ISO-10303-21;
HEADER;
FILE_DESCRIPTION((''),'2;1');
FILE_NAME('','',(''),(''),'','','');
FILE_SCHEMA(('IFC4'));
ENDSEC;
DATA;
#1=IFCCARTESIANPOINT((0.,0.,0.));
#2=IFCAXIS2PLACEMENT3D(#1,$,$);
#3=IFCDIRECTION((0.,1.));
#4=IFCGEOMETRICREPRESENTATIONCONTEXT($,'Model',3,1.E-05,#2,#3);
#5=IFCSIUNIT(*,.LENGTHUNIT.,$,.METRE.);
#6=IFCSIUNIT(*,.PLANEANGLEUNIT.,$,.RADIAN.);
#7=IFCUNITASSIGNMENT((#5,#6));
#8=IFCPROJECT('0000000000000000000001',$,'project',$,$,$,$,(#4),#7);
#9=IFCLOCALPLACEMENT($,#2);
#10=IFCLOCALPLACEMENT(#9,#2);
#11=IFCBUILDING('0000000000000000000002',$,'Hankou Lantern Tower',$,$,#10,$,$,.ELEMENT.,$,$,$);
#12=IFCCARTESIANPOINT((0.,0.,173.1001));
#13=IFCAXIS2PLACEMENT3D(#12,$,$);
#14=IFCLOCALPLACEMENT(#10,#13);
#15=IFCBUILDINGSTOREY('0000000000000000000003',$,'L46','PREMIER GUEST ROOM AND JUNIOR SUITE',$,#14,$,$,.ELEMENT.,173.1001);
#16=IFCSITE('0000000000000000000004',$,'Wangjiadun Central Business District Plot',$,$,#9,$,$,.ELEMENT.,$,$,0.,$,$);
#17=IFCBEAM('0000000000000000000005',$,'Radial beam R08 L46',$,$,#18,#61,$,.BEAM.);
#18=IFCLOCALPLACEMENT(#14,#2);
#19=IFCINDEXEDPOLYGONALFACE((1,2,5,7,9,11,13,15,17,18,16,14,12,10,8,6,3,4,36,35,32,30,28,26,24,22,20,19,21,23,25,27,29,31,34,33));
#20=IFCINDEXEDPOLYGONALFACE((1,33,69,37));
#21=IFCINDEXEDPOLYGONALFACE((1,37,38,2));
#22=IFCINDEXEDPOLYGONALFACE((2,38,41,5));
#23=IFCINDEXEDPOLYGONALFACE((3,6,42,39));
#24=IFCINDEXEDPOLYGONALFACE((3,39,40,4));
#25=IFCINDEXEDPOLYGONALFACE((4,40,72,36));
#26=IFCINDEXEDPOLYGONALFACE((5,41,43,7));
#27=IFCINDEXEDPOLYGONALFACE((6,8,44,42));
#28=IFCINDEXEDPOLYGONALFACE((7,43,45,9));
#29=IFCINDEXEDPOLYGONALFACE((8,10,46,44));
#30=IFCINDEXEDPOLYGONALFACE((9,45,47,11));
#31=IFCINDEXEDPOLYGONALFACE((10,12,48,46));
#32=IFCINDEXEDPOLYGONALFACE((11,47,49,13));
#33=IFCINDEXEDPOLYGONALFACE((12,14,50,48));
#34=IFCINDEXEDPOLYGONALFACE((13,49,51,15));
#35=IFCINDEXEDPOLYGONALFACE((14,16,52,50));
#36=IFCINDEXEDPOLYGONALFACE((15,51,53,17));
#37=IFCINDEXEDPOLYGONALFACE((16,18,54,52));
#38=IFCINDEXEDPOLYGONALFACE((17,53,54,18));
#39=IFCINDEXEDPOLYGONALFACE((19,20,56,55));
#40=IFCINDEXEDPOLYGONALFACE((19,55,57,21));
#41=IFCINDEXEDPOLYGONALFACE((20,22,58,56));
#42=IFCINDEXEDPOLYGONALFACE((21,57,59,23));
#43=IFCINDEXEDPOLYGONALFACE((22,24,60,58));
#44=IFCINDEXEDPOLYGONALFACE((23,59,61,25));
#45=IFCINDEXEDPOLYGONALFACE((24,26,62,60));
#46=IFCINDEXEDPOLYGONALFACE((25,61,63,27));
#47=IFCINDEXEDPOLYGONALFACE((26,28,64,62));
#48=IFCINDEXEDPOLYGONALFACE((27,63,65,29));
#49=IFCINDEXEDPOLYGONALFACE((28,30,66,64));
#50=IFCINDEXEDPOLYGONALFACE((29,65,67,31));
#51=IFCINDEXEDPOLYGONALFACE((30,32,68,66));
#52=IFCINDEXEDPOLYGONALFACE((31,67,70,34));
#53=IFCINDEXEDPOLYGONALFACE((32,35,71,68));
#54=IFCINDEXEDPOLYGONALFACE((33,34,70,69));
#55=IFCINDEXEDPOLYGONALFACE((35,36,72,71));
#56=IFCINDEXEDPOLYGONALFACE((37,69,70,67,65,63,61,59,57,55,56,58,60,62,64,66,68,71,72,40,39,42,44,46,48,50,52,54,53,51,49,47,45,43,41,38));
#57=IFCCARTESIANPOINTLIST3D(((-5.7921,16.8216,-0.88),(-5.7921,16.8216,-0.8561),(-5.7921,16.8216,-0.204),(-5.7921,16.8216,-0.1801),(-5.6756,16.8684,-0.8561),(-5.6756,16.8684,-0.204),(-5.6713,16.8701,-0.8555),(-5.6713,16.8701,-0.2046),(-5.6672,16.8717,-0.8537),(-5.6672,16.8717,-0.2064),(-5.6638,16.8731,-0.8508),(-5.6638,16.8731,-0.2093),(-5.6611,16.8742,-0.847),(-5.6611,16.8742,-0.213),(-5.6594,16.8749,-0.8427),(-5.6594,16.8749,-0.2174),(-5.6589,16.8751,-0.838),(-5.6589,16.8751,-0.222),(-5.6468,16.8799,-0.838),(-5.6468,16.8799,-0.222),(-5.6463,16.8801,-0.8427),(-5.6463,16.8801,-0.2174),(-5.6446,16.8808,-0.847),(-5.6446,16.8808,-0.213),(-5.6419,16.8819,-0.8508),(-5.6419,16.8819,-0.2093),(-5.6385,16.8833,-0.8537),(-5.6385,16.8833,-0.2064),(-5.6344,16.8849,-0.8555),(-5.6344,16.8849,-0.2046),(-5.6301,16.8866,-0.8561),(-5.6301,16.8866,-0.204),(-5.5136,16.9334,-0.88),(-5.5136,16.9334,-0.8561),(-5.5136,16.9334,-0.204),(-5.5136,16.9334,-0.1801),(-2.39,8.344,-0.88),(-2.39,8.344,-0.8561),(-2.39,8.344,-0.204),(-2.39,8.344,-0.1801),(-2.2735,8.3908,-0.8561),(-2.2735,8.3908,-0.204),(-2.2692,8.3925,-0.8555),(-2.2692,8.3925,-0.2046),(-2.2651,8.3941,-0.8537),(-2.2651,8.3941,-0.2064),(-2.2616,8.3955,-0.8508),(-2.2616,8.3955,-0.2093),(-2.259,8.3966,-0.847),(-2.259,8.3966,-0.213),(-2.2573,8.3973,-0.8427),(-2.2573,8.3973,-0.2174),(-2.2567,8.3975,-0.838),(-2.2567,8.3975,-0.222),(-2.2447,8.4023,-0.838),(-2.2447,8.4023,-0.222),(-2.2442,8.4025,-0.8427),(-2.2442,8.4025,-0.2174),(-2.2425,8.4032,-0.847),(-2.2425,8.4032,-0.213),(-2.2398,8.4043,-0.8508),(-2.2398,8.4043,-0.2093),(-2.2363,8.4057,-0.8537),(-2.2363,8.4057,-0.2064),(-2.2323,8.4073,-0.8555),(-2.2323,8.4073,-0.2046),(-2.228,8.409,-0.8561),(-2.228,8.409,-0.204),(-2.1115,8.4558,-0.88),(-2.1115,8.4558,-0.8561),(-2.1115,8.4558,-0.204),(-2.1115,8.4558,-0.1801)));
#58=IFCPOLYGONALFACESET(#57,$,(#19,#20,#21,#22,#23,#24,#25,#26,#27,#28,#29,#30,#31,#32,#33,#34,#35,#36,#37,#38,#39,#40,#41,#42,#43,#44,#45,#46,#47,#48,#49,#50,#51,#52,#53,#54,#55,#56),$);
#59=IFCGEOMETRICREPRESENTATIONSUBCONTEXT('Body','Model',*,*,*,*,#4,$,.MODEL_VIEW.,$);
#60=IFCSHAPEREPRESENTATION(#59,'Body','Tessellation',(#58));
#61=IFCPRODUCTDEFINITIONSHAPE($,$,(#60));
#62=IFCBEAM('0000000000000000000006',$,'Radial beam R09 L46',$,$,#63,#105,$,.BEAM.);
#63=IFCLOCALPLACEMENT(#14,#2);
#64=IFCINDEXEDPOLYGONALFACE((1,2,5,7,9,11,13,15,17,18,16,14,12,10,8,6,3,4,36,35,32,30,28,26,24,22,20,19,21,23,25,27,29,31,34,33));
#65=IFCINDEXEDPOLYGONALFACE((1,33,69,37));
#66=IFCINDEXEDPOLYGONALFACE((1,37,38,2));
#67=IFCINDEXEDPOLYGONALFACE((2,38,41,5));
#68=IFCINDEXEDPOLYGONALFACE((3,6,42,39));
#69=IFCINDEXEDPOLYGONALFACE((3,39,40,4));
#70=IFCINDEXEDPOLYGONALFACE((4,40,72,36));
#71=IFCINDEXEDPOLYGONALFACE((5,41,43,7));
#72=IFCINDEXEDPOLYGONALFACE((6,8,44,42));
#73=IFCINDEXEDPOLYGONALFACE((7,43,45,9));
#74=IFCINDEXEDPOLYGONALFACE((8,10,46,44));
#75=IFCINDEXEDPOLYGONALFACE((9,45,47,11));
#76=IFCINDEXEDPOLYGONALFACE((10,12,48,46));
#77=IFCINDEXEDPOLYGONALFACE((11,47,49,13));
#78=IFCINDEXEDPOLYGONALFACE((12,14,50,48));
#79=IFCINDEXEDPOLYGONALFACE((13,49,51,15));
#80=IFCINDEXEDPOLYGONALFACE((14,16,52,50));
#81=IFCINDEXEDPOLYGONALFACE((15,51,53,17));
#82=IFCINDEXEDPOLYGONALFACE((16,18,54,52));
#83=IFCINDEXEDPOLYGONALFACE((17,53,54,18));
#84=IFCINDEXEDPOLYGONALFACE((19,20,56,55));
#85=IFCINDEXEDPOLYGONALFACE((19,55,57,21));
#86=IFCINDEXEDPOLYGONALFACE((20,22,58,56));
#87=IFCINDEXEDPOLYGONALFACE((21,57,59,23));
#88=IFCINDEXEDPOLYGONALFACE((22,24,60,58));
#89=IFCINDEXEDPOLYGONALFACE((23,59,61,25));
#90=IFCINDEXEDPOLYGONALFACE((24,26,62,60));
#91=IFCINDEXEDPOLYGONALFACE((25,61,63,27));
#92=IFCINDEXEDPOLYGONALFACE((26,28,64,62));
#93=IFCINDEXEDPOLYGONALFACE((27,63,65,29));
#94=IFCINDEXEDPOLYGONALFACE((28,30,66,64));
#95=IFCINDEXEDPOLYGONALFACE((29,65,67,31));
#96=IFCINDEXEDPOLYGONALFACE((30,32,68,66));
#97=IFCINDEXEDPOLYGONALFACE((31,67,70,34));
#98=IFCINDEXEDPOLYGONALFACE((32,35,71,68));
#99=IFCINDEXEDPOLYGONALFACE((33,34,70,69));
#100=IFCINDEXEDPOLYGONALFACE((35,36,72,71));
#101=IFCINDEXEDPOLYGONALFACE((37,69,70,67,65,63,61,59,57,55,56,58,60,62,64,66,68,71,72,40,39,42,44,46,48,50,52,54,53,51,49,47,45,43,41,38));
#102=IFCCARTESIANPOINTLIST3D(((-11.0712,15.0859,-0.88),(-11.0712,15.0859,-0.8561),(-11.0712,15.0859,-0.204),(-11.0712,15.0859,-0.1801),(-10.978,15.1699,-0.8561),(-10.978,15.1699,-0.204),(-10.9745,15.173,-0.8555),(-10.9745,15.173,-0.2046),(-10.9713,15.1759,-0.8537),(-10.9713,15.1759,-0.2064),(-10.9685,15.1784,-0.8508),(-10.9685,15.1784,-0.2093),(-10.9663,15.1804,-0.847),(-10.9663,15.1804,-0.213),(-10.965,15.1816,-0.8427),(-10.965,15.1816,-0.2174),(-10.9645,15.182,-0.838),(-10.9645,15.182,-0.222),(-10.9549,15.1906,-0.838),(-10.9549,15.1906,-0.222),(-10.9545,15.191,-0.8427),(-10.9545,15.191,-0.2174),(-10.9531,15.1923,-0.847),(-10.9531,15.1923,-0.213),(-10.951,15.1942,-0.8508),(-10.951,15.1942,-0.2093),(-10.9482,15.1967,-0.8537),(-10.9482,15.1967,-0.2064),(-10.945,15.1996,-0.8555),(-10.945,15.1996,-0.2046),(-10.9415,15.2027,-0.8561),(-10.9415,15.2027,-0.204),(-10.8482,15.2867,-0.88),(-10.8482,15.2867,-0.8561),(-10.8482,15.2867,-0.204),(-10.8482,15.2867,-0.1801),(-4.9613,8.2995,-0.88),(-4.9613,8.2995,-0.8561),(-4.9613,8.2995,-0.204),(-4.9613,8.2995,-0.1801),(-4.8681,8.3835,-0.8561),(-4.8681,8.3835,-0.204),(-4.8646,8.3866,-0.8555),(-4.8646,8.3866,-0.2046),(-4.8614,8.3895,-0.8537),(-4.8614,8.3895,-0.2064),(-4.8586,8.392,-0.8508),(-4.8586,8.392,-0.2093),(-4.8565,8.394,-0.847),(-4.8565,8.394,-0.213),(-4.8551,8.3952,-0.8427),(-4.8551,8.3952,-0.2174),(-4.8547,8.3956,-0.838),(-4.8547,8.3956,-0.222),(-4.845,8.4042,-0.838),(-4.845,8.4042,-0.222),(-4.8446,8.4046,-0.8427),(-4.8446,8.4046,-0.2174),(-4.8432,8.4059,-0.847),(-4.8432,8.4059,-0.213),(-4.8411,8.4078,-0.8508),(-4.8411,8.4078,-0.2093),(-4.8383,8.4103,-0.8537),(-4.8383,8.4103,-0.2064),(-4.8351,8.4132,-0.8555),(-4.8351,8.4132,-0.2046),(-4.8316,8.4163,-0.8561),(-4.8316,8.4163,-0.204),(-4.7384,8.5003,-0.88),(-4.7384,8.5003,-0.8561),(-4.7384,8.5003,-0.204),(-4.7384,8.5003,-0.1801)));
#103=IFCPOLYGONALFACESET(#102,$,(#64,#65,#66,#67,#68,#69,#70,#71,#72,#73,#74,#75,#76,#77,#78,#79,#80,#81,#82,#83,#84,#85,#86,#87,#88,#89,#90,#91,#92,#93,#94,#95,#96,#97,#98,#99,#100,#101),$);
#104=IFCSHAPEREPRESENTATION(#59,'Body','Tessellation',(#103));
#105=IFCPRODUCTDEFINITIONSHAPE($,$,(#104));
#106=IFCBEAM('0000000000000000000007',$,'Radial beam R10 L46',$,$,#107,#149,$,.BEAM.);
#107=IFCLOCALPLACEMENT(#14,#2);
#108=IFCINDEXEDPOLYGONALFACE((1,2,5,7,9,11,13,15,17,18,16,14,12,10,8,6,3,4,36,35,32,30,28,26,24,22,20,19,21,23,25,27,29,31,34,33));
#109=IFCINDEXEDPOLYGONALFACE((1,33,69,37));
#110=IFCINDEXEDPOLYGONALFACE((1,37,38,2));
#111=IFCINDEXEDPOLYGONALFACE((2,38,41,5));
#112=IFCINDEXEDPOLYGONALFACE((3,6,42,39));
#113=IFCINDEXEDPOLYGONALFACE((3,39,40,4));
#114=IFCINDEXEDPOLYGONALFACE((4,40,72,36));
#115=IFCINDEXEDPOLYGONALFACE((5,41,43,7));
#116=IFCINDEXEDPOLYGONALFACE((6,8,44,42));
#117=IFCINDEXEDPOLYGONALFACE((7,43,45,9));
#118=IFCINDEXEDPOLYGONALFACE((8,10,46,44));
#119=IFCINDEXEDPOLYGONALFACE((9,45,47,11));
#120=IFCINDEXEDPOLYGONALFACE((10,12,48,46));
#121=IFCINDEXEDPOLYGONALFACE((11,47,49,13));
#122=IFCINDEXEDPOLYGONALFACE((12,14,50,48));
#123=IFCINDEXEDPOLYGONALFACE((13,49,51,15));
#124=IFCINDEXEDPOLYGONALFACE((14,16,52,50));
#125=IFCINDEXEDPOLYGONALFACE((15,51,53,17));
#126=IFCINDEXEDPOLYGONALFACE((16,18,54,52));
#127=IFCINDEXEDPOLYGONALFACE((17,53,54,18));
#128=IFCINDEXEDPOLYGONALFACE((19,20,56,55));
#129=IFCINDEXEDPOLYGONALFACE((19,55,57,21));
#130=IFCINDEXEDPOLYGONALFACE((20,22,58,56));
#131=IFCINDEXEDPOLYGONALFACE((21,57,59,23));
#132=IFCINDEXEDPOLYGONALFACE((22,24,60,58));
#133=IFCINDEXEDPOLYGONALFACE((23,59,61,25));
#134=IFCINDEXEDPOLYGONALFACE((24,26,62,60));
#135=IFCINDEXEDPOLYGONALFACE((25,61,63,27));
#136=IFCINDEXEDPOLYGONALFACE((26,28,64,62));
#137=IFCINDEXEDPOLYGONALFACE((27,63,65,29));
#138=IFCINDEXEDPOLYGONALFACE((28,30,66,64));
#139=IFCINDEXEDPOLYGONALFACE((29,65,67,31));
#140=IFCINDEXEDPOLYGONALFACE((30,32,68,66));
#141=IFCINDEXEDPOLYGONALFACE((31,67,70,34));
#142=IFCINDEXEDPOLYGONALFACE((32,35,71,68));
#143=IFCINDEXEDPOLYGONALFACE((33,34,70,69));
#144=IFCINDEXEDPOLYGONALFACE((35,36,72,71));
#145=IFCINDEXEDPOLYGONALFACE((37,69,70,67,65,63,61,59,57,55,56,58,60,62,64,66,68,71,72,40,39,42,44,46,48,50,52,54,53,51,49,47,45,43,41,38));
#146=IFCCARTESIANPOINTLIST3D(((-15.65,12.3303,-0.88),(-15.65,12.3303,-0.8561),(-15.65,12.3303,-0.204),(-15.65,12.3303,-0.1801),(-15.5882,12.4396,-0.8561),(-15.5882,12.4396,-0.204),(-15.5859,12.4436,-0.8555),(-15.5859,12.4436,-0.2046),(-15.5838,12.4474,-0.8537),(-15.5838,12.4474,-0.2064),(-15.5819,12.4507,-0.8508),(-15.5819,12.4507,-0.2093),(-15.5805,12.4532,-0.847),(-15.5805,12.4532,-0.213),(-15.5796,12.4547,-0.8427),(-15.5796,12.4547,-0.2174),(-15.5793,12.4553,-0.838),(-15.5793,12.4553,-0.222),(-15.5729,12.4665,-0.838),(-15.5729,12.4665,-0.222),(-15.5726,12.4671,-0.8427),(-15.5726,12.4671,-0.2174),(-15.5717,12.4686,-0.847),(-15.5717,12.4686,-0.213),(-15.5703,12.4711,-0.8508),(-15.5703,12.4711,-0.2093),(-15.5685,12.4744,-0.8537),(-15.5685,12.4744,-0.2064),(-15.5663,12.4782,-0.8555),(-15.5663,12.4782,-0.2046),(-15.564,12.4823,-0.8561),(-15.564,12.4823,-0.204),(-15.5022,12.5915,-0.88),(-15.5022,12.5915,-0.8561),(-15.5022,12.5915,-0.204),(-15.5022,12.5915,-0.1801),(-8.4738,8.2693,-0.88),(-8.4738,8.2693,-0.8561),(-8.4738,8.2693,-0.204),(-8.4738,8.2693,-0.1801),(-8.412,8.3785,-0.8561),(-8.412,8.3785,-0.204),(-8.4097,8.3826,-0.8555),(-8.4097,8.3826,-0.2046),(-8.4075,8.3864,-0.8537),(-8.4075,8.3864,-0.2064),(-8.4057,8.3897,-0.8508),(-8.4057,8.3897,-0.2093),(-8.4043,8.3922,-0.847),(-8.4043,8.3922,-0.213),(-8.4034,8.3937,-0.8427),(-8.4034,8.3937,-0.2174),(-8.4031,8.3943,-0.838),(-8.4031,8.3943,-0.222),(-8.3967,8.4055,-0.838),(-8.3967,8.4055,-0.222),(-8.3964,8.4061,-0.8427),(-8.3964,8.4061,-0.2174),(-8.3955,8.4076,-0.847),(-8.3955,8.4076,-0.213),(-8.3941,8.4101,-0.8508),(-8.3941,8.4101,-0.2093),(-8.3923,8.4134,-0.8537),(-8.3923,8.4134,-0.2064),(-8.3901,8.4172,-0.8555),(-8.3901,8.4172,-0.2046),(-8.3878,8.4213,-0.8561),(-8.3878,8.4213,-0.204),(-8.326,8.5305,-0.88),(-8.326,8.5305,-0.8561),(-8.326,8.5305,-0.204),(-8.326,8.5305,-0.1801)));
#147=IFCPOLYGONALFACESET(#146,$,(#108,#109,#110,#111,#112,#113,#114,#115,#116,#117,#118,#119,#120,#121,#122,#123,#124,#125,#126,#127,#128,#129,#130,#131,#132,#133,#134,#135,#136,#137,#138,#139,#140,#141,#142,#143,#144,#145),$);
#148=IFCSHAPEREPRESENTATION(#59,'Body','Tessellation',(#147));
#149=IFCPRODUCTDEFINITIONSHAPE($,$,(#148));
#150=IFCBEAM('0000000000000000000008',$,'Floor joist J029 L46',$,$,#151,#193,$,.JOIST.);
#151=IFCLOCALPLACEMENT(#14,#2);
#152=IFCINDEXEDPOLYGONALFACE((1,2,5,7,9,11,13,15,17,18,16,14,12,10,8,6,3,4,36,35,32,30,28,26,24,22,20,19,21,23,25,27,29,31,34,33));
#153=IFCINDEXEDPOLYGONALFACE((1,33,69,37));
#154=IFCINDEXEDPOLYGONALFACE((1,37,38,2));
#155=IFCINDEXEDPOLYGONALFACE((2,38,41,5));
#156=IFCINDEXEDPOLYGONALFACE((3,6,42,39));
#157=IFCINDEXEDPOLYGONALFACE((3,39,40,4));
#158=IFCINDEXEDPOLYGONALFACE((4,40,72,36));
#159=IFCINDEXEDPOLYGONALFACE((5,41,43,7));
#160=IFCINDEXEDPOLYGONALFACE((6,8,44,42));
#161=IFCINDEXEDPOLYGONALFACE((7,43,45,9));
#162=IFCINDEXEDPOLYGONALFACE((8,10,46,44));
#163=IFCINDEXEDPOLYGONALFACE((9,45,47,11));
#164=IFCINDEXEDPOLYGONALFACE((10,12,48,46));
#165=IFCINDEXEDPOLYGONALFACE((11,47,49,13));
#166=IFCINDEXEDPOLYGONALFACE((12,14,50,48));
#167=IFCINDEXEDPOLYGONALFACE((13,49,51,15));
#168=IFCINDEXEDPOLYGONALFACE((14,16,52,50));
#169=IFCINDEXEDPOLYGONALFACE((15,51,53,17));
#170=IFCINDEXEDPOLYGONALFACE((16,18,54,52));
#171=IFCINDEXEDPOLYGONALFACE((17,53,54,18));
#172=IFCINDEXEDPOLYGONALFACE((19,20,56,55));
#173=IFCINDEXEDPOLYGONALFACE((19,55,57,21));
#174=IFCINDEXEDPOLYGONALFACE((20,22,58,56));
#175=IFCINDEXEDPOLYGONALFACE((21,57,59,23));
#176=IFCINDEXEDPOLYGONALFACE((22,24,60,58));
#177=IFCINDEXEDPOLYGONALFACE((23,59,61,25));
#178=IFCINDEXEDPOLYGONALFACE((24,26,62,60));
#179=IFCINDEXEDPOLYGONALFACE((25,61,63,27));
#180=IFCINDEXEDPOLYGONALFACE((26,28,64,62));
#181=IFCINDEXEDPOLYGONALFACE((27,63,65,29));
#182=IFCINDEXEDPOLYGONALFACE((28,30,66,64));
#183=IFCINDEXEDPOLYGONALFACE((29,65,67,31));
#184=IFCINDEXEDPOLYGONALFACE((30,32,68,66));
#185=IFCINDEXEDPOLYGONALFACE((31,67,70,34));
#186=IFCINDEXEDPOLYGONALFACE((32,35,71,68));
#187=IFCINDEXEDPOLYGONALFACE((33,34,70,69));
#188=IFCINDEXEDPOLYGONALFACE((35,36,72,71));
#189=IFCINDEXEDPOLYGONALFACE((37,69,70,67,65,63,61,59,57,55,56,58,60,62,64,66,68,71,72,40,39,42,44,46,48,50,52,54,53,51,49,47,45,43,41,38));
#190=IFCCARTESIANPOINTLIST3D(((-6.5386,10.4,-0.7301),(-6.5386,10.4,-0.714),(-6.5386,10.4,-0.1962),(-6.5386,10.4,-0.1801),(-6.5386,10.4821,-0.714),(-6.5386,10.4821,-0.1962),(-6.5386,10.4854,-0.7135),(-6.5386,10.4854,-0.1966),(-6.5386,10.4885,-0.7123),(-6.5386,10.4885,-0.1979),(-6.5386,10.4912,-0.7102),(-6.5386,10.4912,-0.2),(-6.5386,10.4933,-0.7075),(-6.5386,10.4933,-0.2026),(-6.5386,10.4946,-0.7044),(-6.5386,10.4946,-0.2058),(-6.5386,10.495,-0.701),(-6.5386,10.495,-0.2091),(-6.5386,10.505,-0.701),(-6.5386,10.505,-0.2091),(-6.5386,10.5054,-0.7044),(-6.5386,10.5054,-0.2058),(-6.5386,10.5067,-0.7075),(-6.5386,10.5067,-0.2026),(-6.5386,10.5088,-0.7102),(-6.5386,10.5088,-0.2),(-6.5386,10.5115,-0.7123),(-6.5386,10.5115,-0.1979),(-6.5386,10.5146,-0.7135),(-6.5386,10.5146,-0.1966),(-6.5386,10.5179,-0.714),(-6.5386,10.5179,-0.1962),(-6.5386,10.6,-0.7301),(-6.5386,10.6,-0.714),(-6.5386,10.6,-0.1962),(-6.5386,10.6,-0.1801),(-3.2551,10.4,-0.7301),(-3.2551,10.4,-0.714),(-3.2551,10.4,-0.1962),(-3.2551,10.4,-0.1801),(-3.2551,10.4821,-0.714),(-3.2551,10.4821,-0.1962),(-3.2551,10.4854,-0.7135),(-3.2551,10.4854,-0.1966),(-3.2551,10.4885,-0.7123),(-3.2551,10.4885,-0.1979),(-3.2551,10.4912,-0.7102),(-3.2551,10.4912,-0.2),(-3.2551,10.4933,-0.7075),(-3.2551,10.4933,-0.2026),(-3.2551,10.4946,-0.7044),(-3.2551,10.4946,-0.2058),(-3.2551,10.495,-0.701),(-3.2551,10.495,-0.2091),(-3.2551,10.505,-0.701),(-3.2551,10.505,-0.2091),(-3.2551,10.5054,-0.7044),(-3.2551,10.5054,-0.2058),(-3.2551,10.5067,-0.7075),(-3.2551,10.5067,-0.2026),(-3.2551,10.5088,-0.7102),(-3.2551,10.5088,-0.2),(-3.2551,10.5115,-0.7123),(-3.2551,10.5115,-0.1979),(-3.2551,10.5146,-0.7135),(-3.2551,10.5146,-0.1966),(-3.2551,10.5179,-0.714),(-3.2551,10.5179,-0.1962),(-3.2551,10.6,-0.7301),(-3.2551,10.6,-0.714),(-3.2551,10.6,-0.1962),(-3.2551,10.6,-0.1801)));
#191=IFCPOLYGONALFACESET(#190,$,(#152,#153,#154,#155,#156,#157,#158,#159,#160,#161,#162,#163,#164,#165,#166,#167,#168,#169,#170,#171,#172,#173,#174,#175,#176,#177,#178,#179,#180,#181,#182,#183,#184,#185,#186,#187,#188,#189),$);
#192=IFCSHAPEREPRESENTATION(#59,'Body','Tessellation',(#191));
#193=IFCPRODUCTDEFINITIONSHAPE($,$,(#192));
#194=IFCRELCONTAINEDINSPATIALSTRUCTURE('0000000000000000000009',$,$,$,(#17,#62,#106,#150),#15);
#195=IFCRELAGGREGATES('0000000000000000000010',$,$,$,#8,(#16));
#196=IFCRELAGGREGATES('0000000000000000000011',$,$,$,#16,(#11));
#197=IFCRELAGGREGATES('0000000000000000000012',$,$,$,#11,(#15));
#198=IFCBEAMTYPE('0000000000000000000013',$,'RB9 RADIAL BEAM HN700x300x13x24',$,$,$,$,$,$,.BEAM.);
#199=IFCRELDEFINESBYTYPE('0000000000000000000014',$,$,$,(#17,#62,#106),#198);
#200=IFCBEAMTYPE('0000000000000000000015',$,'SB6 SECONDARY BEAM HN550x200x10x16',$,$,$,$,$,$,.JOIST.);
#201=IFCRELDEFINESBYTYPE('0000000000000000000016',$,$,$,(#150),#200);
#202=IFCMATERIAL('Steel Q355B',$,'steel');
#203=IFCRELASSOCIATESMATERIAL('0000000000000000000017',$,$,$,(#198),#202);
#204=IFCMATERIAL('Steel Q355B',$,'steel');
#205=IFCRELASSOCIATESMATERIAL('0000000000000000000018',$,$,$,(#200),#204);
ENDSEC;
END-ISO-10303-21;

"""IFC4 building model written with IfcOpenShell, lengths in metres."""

from ifc_helpers import new_model, si_unit, direction, frame, origin, origin_2d, place, context, subcontext, project, spatial, i_section, extrude, material, material_profile, profile_set, type_object, element, save


model = new_model("IFC4")

# Units and contexts
model_context = context("Model", 3, precision=1e-05, world=origin(), true_north=direction((0.0, 1.0)))
body_context = subcontext(model_context, "Body", "Model", "MODEL_VIEW")
ifc_project = project(units=[si_unit("LENGTHUNIT", "METRE"), si_unit("PLANEANGLEUNIT", "RADIAN")], contexts=[model_context])

# Site, building, storey
site_placement = place(None, origin())
site = spatial("IfcSite", under=ifc_project, at=site_placement, Name="Wangjiadun Central Business District Plot", CompositionType="ELEMENT", RefElevation=0.0)
building_placement = place(site_placement, origin())
building = spatial("IfcBuilding", under=site, at=building_placement, Name="Hankou Lantern Tower", CompositionType="ELEMENT")
storey_placement = place(building_placement, frame((0.0, 0.0, 173.1001)))
storey = spatial("IfcBuildingStorey", under=building, at=storey_placement, Name="L46", Description="PREMIER GUEST ROOM AND JUNIOR SUITE", CompositionType="ELEMENT", Elevation=173.1001)

# Beams
ifc_material_1 = material(Name="Steel Q355B", Category="steel")
ifc_material_profile_1 = material_profile(ifc_material_1, i_section(OverallWidth=0.3, OverallDepth=0.7, WebThickness=0.0129, FlangeThickness=0.0239, FilletRadius=0.0181, at=origin_2d()), Name="HN700x300x13x24")
ifc_profile_set_1 = profile_set([ifc_material_profile_1], Name="Steel Q355B")
beam_type_1 = type_object("IfcBeamType", Name="RB9 RADIAL BEAM HN700x300x13x24", PredefinedType="BEAM", material=ifc_profile_set_1)
beam_1_placement = place(storey_placement, frame((-2.2507, 8.3999, -0.53), z_axis=(-0.372436, 0.928058, 0.0), x_axis=(-0.928058, -0.372436, 0.0)))
element("IfcBeam", 1, at=beam_1_placement, inside=storey, type_object=beam_type_1, Name="Radial beam R08 L46", PredefinedType="BEAM", context=body_context, shape_type="SweptSolid", body=[
    extrude(i_section(OverallWidth=0.3, OverallDepth=0.7, WebThickness=0.0129, FlangeThickness=0.0239, FilletRadius=0.0181, at=origin_2d()), origin(), (0.0, 0.0, 1.0), 9.1348),
])
beam_2_placement = place(storey_placement, frame((-4.8499, 8.3999, -0.53), z_axis=(-0.669093, 0.743178, 0.0), x_axis=(-0.743178, -0.669093, 0.0)))
element("IfcBeam", 2, at=beam_2_placement, inside=storey, type_object=beam_type_1, Name="Radial beam R09 L46", PredefinedType="BEAM", context=body_context, shape_type="SweptSolid", body=[
    extrude(i_section(OverallWidth=0.3, OverallDepth=0.7, WebThickness=0.0129, FlangeThickness=0.0239, FilletRadius=0.0181, at=origin_2d()), origin(), (0.0, 0.0, 1.0), 9.1316),
])
beam_3_placement = place(storey_placement, frame((-8.3999, 8.3999, -0.53), z_axis=(-0.870309, 0.492506, 0.0), x_axis=(-0.492506, -0.870309, 0.0)))
element("IfcBeam", 3, at=beam_3_placement, inside=storey, type_object=beam_type_1, Name="Radial beam R10 L46", PredefinedType="BEAM", context=body_context, shape_type="SweptSolid", body=[
    extrude(i_section(OverallWidth=0.3, OverallDepth=0.7, WebThickness=0.0129, FlangeThickness=0.0239, FilletRadius=0.0181, at=origin_2d()), origin(), (0.0, 0.0, 1.0), 8.2456),
])
ifc_material_2 = material(Name="Steel Q355B", Category="steel")
ifc_material_profile_2 = material_profile(ifc_material_2, i_section(OverallWidth=0.2, OverallDepth=0.55, WebThickness=0.01, FlangeThickness=0.0161, FilletRadius=0.0129, at=origin_2d()), Name="HN550x200x10x16")
ifc_profile_set_2 = profile_set([ifc_material_profile_2], Name="Steel Q355B")
beam_type_2 = type_object("IfcBeamType", Name="SB6 SECONDARY BEAM HN550x200x10x16", PredefinedType="JOIST", material=ifc_profile_set_2)
beam_4_placement = place(storey_placement, frame((-6.5386, 10.5, -0.4551), z_axis=(1.0, 0.0, 0.0), x_axis=(0.0, 1.0, 0.0)))
element("IfcBeam", 4, at=beam_4_placement, inside=storey, type_object=beam_type_2, Name="Floor joist J029 L46", PredefinedType="JOIST", context=body_context, shape_type="SweptSolid", body=[
    extrude(i_section(OverallWidth=0.2, OverallDepth=0.55, WebThickness=0.01, FlangeThickness=0.0161, FilletRadius=0.0129, at=origin_2d()), origin(), (0.0, 0.0, 1.0), 3.2834),
])

save(model, "model.ifc")
